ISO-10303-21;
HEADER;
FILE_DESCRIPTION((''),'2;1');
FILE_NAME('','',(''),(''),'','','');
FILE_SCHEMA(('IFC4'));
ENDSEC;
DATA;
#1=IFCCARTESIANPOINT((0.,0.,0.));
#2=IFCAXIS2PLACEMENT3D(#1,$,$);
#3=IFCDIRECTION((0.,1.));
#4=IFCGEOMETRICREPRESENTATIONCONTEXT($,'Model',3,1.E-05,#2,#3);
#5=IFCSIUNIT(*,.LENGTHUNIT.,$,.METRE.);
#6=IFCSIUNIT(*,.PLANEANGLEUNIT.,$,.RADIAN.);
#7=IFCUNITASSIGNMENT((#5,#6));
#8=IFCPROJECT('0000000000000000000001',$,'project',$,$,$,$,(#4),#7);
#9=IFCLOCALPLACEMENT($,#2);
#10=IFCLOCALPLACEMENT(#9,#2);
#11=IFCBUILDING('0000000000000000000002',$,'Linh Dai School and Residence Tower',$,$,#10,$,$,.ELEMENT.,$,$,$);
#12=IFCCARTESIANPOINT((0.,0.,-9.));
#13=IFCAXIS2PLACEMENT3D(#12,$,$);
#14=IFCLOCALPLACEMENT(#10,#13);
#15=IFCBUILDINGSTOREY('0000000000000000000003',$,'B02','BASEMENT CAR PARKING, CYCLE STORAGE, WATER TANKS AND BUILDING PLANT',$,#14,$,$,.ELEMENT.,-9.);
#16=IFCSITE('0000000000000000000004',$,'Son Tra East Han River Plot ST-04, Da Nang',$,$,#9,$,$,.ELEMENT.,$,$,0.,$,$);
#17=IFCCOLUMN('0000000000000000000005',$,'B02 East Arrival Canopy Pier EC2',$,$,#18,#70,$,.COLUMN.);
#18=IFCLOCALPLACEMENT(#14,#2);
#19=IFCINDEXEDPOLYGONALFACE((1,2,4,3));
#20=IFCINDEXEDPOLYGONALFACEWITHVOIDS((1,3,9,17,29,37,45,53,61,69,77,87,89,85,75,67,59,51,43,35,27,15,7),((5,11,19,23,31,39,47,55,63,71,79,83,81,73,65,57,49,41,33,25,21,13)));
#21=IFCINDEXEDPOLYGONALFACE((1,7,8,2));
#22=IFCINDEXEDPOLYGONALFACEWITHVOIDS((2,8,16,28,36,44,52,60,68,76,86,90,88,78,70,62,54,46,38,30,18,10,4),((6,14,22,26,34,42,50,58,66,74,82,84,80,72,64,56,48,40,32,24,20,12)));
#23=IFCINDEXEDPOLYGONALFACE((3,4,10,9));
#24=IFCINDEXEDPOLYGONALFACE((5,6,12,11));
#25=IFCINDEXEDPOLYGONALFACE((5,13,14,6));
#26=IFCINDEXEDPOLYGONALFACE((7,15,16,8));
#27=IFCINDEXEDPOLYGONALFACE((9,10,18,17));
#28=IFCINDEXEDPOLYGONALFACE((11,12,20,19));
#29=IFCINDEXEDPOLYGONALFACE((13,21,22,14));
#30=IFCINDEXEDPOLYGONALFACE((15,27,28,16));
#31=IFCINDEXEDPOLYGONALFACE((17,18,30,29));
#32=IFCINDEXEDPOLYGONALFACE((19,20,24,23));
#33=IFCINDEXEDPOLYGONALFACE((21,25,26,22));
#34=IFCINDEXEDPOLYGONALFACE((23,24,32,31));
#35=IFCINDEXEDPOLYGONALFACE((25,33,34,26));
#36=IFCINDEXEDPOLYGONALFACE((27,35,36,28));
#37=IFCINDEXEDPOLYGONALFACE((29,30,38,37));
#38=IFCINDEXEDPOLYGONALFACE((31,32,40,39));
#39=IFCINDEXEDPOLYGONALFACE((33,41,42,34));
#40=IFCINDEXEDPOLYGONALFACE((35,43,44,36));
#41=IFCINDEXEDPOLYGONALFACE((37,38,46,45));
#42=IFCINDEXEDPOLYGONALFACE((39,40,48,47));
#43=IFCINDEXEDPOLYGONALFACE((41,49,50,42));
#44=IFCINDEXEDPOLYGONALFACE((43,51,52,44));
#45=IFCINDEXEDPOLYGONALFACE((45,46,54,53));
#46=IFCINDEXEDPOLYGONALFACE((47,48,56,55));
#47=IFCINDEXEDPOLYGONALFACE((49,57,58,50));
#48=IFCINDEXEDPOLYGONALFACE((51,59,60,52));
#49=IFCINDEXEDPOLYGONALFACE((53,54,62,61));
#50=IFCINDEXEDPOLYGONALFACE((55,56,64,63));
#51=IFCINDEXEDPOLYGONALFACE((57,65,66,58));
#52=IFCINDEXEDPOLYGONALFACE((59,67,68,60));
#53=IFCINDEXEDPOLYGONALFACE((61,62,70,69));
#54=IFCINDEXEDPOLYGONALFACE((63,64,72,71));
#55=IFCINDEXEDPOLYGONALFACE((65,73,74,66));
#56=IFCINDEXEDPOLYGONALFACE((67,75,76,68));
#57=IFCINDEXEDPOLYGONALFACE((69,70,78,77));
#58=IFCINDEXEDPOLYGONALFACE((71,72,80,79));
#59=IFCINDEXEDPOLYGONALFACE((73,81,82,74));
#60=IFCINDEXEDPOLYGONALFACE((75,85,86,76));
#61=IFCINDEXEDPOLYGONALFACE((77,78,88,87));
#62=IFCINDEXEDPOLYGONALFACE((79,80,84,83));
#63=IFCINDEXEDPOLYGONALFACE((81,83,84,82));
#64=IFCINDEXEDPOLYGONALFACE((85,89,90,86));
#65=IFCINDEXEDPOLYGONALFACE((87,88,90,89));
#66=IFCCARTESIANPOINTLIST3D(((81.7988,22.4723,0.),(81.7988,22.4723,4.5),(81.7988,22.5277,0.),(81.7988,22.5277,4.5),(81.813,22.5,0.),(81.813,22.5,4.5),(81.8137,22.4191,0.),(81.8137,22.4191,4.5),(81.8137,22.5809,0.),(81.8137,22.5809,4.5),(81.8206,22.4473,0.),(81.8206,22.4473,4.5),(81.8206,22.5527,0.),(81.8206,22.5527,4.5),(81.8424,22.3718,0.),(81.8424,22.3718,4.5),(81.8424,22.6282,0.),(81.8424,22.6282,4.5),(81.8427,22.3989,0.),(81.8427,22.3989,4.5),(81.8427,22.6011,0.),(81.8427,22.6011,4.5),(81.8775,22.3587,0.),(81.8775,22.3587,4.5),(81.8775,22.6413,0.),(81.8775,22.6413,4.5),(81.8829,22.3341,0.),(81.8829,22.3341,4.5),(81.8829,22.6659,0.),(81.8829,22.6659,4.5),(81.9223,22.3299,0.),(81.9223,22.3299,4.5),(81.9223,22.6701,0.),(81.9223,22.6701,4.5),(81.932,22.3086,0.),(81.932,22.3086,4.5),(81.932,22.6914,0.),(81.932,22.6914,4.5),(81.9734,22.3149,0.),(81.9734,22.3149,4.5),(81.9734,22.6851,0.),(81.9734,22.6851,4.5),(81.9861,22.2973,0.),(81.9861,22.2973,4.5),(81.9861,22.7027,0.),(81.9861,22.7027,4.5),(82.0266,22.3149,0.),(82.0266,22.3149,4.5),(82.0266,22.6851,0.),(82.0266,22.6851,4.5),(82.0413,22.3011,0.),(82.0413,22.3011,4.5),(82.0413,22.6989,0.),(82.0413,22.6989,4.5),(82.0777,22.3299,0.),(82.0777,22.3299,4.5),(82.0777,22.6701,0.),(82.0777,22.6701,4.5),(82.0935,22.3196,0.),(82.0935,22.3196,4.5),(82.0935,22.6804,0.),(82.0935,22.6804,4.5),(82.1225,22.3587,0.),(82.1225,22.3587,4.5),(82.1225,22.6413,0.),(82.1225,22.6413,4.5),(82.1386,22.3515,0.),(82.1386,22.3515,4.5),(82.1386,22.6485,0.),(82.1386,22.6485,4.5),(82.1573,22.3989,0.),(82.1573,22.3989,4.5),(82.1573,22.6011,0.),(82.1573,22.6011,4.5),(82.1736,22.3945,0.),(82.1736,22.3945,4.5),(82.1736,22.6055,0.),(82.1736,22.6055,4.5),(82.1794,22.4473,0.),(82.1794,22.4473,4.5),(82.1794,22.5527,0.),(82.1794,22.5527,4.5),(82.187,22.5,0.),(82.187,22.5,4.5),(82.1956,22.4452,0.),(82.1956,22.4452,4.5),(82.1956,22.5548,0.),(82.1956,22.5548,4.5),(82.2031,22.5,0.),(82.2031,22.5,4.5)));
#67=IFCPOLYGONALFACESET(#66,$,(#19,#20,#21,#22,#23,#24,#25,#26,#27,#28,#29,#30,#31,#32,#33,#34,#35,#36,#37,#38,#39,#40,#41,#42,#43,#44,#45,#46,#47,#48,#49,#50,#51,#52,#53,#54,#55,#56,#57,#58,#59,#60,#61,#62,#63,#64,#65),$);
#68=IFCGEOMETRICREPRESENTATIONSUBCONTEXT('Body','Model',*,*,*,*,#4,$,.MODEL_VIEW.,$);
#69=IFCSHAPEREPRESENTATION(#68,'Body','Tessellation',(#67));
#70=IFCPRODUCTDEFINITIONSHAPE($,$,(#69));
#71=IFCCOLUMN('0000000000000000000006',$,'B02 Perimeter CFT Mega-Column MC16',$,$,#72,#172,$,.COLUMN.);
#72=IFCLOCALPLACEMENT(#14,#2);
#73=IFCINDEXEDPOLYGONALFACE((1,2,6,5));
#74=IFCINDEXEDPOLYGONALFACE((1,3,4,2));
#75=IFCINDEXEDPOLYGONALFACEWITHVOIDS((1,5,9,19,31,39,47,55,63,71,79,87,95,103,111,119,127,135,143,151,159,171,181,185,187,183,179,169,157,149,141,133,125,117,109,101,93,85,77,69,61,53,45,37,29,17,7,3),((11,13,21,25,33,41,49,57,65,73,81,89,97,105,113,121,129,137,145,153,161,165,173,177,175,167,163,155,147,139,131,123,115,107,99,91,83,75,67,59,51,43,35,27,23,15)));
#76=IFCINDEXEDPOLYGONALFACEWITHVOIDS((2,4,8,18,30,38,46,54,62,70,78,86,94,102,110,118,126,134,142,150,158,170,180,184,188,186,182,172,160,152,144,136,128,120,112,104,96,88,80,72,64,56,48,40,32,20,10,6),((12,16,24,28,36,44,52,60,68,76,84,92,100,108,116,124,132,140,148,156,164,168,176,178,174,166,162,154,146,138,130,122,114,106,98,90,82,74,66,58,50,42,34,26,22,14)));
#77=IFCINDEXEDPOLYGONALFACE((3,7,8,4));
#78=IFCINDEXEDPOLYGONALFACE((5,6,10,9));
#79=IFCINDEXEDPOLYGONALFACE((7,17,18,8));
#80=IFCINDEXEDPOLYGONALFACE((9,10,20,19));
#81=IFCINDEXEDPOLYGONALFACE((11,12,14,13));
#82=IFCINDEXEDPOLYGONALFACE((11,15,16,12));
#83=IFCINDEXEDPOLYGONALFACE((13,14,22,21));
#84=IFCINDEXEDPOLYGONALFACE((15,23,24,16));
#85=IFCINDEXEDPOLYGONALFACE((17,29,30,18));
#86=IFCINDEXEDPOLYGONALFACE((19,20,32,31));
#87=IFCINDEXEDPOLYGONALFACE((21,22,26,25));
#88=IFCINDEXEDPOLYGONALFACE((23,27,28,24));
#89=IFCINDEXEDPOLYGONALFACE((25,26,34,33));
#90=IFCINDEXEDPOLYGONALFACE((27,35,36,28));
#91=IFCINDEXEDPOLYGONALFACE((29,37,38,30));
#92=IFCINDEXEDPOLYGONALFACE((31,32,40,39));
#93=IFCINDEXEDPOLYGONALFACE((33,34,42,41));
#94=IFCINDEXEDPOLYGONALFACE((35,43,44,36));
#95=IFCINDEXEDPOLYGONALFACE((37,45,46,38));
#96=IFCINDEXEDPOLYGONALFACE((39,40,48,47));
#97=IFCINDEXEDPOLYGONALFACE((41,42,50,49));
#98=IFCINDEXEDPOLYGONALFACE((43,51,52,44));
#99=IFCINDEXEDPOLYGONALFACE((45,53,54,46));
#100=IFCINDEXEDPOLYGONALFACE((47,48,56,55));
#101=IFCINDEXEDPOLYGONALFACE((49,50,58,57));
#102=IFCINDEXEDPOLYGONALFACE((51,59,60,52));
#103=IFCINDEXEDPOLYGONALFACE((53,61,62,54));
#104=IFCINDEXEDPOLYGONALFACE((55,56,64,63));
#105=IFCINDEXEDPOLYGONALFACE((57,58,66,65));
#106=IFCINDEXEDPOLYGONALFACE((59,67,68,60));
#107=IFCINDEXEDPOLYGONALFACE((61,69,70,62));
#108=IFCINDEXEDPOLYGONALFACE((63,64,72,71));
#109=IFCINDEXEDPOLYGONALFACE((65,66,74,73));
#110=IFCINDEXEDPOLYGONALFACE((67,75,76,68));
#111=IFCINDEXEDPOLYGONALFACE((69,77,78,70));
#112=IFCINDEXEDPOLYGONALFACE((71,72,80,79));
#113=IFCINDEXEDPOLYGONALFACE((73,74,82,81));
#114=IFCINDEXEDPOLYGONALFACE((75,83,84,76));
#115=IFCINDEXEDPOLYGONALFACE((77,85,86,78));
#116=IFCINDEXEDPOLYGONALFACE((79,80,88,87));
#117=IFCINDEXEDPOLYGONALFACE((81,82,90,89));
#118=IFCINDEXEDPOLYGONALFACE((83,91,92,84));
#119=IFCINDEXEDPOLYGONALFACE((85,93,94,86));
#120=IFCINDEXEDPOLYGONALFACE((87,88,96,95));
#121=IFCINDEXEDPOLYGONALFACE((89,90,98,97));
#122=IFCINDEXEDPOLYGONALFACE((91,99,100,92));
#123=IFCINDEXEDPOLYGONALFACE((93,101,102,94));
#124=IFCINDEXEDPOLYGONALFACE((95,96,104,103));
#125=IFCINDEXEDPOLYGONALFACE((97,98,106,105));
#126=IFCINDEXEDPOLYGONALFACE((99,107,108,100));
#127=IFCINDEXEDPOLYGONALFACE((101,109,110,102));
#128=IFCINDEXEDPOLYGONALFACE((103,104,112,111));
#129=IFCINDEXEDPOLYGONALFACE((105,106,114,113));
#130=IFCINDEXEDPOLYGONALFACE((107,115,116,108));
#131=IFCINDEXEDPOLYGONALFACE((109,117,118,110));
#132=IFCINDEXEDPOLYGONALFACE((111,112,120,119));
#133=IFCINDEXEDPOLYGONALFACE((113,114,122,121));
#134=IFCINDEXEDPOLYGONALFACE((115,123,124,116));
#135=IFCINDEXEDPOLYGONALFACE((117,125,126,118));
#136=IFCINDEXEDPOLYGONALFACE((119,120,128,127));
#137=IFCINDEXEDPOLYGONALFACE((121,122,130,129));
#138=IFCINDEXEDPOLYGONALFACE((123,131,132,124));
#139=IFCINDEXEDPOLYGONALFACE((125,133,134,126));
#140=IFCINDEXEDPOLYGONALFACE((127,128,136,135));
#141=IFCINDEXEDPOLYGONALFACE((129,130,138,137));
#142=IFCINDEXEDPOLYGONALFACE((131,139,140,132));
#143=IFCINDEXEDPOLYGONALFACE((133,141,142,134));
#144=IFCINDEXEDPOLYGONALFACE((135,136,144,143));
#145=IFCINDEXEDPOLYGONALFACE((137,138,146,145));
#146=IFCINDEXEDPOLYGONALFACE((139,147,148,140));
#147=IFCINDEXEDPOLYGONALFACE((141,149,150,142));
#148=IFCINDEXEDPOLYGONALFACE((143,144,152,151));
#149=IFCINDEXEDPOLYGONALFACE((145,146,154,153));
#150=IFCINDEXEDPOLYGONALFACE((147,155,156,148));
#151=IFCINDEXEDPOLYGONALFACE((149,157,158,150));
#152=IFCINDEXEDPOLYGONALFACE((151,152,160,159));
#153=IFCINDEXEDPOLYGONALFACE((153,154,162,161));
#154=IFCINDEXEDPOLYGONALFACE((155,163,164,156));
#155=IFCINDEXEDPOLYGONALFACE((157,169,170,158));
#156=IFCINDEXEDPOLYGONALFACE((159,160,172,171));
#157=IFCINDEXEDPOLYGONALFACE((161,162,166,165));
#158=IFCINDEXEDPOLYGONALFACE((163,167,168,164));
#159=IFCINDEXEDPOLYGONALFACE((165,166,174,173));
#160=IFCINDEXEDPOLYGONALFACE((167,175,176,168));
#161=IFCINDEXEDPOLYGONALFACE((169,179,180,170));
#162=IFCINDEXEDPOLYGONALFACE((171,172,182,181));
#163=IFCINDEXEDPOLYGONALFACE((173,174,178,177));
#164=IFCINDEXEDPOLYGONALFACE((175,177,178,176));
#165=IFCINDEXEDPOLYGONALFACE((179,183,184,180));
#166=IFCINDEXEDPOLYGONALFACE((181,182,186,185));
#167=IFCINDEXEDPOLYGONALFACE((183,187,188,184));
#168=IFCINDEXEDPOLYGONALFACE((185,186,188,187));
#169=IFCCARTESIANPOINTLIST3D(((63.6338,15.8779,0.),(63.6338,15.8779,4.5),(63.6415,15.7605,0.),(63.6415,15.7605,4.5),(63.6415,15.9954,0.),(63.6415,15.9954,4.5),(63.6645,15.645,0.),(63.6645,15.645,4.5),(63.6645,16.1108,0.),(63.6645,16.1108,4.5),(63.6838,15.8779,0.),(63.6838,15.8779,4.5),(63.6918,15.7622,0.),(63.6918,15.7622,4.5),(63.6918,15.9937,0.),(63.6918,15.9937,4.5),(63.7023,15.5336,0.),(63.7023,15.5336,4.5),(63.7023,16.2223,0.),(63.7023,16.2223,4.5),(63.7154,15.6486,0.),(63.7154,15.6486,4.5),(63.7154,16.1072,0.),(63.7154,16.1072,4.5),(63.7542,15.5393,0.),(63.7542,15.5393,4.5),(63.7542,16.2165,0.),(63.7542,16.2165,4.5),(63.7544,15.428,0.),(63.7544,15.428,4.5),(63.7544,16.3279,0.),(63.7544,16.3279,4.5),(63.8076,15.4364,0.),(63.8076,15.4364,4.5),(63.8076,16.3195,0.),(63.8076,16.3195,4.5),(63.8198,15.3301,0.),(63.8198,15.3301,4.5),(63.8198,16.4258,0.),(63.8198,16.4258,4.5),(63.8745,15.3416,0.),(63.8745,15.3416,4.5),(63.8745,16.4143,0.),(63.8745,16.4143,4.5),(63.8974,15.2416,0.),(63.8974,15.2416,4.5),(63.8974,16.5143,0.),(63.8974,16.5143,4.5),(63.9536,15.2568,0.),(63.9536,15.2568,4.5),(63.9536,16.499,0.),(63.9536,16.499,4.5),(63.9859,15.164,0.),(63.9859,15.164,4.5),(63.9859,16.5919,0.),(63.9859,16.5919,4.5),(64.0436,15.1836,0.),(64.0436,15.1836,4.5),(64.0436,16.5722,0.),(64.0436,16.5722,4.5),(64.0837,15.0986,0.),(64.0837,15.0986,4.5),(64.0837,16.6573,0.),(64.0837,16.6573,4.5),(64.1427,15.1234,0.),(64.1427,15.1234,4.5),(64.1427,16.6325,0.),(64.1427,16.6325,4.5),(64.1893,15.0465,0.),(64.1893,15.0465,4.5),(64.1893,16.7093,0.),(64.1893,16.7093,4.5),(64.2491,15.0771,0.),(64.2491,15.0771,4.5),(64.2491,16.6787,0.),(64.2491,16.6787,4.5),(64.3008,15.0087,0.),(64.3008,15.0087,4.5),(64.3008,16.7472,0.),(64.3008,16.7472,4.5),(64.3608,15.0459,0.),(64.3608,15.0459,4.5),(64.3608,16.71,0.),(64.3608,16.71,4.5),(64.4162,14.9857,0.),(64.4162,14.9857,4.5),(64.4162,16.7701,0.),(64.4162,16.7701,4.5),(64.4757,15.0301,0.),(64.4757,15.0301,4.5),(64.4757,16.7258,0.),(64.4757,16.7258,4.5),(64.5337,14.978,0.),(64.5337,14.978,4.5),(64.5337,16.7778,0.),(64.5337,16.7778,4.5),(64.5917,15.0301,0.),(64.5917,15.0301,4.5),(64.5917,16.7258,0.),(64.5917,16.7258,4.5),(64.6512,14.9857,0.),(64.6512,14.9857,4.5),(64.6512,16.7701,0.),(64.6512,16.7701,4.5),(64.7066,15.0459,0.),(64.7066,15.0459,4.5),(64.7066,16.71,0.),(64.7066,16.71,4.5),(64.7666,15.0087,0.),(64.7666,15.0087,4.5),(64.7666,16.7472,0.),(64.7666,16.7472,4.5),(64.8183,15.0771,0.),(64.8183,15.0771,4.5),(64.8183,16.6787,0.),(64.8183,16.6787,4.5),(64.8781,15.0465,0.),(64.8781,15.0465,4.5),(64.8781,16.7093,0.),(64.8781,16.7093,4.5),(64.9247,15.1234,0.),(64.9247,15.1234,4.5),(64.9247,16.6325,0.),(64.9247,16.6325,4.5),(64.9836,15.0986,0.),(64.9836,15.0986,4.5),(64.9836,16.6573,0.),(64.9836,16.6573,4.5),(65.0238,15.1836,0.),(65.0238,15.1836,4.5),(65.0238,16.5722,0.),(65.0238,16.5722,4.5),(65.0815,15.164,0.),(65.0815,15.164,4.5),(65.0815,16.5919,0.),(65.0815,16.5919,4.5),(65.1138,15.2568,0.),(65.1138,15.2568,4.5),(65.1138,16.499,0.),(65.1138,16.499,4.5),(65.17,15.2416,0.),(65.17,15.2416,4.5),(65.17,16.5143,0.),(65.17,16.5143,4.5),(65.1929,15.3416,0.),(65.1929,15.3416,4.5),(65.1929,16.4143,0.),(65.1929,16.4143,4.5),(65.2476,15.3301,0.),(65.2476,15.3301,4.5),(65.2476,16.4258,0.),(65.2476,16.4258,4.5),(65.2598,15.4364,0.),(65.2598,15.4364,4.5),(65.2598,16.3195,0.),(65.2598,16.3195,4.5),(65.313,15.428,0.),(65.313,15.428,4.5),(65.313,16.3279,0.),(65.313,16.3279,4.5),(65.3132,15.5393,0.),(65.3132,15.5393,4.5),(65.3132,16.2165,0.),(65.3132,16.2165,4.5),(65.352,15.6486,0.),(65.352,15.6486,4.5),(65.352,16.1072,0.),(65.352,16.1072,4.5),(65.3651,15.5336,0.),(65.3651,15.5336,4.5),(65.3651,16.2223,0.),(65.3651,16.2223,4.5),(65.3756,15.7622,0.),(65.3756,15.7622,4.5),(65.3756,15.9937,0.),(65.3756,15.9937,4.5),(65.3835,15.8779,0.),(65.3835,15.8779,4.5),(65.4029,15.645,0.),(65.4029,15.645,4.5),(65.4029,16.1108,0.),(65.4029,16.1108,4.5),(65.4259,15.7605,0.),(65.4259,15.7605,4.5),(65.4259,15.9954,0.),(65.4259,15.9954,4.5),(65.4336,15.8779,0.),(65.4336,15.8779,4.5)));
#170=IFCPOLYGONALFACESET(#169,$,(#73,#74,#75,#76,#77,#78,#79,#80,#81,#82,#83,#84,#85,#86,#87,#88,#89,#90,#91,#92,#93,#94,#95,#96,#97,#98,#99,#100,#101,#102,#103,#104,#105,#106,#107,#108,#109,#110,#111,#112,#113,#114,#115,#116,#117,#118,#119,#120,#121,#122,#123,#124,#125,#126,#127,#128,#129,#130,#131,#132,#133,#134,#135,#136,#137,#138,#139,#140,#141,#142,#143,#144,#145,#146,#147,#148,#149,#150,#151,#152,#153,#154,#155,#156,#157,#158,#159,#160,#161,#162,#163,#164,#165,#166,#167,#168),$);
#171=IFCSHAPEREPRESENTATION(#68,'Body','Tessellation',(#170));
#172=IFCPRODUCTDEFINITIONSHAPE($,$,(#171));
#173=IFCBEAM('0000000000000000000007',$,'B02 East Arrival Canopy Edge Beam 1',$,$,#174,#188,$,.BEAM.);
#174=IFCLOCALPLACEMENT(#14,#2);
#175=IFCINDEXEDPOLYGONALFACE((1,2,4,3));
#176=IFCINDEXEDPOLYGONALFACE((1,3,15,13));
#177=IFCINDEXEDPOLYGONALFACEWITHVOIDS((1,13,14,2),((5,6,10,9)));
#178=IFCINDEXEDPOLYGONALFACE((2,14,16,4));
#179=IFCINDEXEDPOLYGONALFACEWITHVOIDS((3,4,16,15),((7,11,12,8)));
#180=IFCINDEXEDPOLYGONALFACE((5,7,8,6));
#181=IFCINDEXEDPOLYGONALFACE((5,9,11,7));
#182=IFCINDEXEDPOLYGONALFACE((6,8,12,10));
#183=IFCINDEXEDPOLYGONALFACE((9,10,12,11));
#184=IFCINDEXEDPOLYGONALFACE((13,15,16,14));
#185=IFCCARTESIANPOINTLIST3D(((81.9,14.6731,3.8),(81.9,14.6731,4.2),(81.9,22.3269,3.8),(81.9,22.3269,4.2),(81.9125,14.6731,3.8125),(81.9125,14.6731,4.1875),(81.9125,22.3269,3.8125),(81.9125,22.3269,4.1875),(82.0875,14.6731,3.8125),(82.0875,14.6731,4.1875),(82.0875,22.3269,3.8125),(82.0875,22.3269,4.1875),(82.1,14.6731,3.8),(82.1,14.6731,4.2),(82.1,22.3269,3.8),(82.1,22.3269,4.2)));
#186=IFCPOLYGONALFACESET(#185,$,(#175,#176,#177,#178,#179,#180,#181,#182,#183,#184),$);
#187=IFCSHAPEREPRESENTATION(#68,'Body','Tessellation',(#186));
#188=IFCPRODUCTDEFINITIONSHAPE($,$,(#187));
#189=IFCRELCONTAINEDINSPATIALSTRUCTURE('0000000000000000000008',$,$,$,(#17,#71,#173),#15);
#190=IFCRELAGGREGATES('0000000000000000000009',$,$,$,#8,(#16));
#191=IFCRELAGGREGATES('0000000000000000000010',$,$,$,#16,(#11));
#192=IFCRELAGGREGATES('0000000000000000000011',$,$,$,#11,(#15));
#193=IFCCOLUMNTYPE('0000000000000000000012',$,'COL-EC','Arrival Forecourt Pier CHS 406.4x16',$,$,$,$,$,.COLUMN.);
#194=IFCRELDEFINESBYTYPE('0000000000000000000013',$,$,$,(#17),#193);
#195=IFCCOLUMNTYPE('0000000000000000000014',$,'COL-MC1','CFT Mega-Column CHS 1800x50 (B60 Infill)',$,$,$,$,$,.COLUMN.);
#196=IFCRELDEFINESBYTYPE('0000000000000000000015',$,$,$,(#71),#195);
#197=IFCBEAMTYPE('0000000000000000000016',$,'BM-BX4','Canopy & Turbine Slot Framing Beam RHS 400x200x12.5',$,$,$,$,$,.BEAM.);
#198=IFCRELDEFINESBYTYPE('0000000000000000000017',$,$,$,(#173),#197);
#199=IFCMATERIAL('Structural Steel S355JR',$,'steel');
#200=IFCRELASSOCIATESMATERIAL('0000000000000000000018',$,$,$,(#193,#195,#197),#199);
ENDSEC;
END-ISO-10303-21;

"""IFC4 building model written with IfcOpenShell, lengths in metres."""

from ifc_helpers import new_model, si_unit, direction, frame, origin, origin_2d, place, context, subcontext, project, spatial, hollow_rectangle, hollow_circle, extrude, material, material_profile, profile_set, type_object, element, save


model = new_model("IFC4")

# Units and contexts
model_context = context("Model", 3, precision=1e-05, world=origin(), true_north=direction((0.0, 1.0)))
body_context = subcontext(model_context, "Body", "Model", "MODEL_VIEW")
ifc_project = project(units=[si_unit("LENGTHUNIT", "METRE"), si_unit("PLANEANGLEUNIT", "RADIAN")], contexts=[model_context])

# Site, building, storey
site_placement = place(None, origin())
site = spatial("IfcSite", under=ifc_project, at=site_placement, Name="Son Tra East Han River Plot ST-04, Da Nang", CompositionType="ELEMENT", RefElevation=0.0)
building_placement = place(site_placement, origin())
building = spatial("IfcBuilding", under=site, at=building_placement, Name="Linh Dai School and Residence Tower", CompositionType="ELEMENT")
storey_placement = place(building_placement, frame((0.0, 0.0, -9.0)))
storey = spatial("IfcBuildingStorey", under=building, at=storey_placement, Name="B02", Description="BASEMENT CAR PARKING, CYCLE STORAGE, WATER TANKS AND BUILDING PLANT", CompositionType="ELEMENT", Elevation=-9.0)

# Columns
ifc_material_1 = material(Name="Structural Steel S355JR", Category="steel")
ifc_material_profile_1 = material_profile(ifc_material_1, hollow_circle(Radius=0.2031, WallThickness=0.0161, at=origin_2d()), Name="CHS 406.4x16")
ifc_profile_set_1 = profile_set([ifc_material_profile_1], Name="Structural Steel S355JR")
column_type_1 = type_object("IfcColumnType", Name="COL-EC", Description="Arrival Forecourt Pier CHS 406.4x16", PredefinedType="COLUMN", material=ifc_profile_set_1)
for number, where, z_axis, x_axis, name in (
    (1, (82.0, 22.5, 0.0), (0.0, 0.0, 1.0), (1.0, 0.0, 0.0), "B02 East Arrival Canopy Pier EC2"),
):
    element("IfcColumn", number, at=place(storey_placement, frame(where, z_axis=z_axis, x_axis=x_axis)), inside=storey, type_object=column_type_1, Name=name, PredefinedType="COLUMN", context=body_context, shape_type="SweptSolid", body=[
        extrude(hollow_circle(Radius=0.2031, WallThickness=0.0161, at=origin_2d()), origin(), (0.0, 0.0, 1.0), 4.5),
    ])
ifc_material_profile_2 = material_profile(ifc_material_1, hollow_circle(Radius=0.8999, WallThickness=0.05, at=origin_2d()), Name="CHS 1800x50")
ifc_profile_set_2 = profile_set([ifc_material_profile_2], Name="Structural Steel S355JR")
column_type_2 = type_object("IfcColumnType", Name="COL-MC1", Description="CFT Mega-Column CHS 1800x50 (B60 Infill)", PredefinedType="COLUMN", material=ifc_profile_set_2)
column_placement = place(storey_placement, frame((64.5337, 15.8779, 0.0), z_axis=(0.0, 0.0, 1.0), x_axis=(1.0, 0.0, 0.0)))
element("IfcColumn", 2, at=column_placement, inside=storey, type_object=column_type_2, Name="B02 Perimeter CFT Mega-Column MC16", PredefinedType="COLUMN", context=body_context, shape_type="SweptSolid", body=[
    extrude(hollow_circle(Radius=0.8999, WallThickness=0.05, at=origin_2d()), origin(), (0.0, 0.0, 1.0), 4.5),
])

# Beam
ifc_material_profile_3 = material_profile(ifc_material_1, hollow_rectangle(XDim=0.2, YDim=0.3999, WallThickness=0.0125, at=origin_2d()), Name="RHS 400x200x12.5")
ifc_profile_set_3 = profile_set([ifc_material_profile_3], Name="Structural Steel S355JR")
beam_type_1 = type_object("IfcBeamType", Name="BM-BX4", Description="Canopy & Turbine Slot Framing Beam RHS 400x200x12.5", PredefinedType="BEAM", material=ifc_profile_set_3)
beam_1_placement = place(storey_placement, frame((82.0, 14.6731, 4.0), z_axis=(0.0, 1.0, 0.0), x_axis=(-1.0, 0.0, 0.0)))
element("IfcBeam", 3, at=beam_1_placement, inside=storey, type_object=beam_type_1, Name="B02 East Arrival Canopy Edge Beam 1", PredefinedType="BEAM", context=body_context, shape_type="SweptSolid", body=[
    extrude(hollow_rectangle(XDim=0.2, YDim=0.3999, WallThickness=0.0125, at=origin_2d()), origin(), (0.0, 0.0, 1.0), 7.6538),
])

save(model, "model.ifc")
